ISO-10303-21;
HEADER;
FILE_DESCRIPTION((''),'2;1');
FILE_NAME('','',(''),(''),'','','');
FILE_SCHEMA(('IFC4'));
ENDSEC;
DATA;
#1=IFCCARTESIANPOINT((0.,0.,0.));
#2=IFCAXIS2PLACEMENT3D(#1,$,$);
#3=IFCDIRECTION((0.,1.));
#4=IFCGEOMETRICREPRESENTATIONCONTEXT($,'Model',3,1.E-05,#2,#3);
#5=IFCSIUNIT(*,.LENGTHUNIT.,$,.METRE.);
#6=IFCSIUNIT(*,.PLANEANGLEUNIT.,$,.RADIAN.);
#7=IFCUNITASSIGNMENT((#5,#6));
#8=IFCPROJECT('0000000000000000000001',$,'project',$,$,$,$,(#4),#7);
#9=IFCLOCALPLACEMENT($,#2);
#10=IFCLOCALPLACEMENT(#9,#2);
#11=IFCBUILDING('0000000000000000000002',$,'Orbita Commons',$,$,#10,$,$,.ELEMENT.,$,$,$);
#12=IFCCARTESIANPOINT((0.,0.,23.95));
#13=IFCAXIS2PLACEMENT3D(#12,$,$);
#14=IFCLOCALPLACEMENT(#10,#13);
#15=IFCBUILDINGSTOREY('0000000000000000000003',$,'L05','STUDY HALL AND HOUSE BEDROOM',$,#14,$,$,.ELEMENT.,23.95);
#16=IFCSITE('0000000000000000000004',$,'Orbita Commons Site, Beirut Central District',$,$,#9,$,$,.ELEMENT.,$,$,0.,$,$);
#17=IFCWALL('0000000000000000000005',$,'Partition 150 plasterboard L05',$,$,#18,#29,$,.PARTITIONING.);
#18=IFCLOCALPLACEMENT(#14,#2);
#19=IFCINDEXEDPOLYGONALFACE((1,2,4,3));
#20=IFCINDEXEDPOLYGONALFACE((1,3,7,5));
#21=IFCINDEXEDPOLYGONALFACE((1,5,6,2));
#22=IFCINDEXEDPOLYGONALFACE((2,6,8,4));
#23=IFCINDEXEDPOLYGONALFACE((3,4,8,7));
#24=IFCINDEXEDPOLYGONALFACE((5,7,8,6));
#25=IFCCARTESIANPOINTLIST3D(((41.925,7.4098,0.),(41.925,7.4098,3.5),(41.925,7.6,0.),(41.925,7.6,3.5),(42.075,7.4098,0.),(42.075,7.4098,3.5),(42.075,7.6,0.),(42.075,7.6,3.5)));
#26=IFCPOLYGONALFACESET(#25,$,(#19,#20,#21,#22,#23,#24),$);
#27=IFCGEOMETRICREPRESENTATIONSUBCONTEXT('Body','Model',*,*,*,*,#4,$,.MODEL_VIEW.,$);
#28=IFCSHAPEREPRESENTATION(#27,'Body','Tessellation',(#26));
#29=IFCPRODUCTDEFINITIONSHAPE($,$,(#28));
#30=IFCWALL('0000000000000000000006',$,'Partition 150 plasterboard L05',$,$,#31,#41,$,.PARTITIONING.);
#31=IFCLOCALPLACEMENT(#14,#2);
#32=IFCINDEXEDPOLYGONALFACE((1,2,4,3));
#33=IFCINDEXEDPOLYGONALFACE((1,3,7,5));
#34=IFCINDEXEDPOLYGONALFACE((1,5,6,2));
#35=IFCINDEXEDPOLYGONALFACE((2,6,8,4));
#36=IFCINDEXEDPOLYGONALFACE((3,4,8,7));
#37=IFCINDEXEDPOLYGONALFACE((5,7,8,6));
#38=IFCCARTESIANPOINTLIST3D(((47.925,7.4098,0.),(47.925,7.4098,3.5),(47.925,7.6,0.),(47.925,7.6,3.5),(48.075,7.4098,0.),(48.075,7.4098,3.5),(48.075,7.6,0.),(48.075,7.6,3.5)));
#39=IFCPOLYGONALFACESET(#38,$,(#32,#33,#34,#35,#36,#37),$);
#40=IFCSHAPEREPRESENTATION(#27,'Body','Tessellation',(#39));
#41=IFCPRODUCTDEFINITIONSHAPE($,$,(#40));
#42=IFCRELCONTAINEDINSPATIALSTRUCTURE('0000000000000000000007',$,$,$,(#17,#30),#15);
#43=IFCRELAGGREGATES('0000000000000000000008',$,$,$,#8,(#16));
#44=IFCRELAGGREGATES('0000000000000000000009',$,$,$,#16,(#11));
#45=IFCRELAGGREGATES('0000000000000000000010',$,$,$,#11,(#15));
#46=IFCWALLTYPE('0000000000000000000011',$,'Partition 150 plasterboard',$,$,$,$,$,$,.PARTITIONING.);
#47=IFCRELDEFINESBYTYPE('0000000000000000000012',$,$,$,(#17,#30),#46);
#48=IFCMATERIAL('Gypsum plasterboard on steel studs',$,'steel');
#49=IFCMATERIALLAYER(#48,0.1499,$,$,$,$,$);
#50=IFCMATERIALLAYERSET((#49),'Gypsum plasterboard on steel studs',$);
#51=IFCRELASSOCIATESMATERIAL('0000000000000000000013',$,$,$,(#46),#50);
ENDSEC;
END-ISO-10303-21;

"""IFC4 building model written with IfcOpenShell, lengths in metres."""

from ifc_helpers import new_model, si_unit, direction, frame, frame_2d, origin, place, context, subcontext, project, spatial, rectangle, extrude, material, layer, layer_set, type_object, element, save


model = new_model("IFC4")

# Units and contexts
model_context = context("Model", 3, precision=1e-05, world=origin(), true_north=direction((0.0, 1.0)))
body_context = subcontext(model_context, "Body", "Model", "MODEL_VIEW")
ifc_project = project(units=[si_unit("LENGTHUNIT", "METRE"), si_unit("PLANEANGLEUNIT", "RADIAN")], contexts=[model_context])

# Site, building, storey
site_placement = place(None, origin())
site = spatial("IfcSite", under=ifc_project, at=site_placement, Name="Orbita Commons Site, Beirut Central District", CompositionType="ELEMENT", RefElevation=0.0)
building_placement = place(site_placement, origin())
building = spatial("IfcBuilding", under=site, at=building_placement, Name="Orbita Commons", CompositionType="ELEMENT")
storey_placement = place(building_placement, frame((0.0, 0.0, 23.95)))
storey = spatial("IfcBuildingStorey", under=building, at=storey_placement, Name="L05", Description="STUDY HALL AND HOUSE BEDROOM", CompositionType="ELEMENT", Elevation=23.95)

# Walls
ifc_material_1 = material(Name="Gypsum plasterboard on steel studs", Category="steel")
ifc_layer_1 = layer(ifc_material_1, 0.1499)
ifc_layer_set_1 = layer_set([ifc_layer_1], Name="Gypsum plasterboard on steel studs")
wall_type = type_object("IfcWallType", Name="Partition 150 plasterboard", PredefinedType="PARTITIONING", material=ifc_layer_set_1)
for number, where, z_axis, x_axis, name in (
    (1, (42.0, 7.6001, 0.0), (0.0, 0.0, 1.0), (0.0, -1.0, 0.0), "Partition 150 plasterboard L05"),
    (2, (48.0, 7.6001, 0.0), (0.0, 0.0, 1.0), (0.0, -1.0, 0.0), "Partition 150 plasterboard L05"),
):
    element("IfcWall", number, at=place(storey_placement, frame(where, z_axis=z_axis, x_axis=x_axis)), inside=storey, type_object=wall_type, Name=name, PredefinedType="PARTITIONING", context=body_context, shape_type="SweptSolid", body=[
        extrude(rectangle(XDim=0.1902, YDim=0.1499, at=frame_2d((0.0952, 0.0))), origin(), (0.0, 0.0, 1.0), 3.5),
    ])

save(model, "model.ifc")
